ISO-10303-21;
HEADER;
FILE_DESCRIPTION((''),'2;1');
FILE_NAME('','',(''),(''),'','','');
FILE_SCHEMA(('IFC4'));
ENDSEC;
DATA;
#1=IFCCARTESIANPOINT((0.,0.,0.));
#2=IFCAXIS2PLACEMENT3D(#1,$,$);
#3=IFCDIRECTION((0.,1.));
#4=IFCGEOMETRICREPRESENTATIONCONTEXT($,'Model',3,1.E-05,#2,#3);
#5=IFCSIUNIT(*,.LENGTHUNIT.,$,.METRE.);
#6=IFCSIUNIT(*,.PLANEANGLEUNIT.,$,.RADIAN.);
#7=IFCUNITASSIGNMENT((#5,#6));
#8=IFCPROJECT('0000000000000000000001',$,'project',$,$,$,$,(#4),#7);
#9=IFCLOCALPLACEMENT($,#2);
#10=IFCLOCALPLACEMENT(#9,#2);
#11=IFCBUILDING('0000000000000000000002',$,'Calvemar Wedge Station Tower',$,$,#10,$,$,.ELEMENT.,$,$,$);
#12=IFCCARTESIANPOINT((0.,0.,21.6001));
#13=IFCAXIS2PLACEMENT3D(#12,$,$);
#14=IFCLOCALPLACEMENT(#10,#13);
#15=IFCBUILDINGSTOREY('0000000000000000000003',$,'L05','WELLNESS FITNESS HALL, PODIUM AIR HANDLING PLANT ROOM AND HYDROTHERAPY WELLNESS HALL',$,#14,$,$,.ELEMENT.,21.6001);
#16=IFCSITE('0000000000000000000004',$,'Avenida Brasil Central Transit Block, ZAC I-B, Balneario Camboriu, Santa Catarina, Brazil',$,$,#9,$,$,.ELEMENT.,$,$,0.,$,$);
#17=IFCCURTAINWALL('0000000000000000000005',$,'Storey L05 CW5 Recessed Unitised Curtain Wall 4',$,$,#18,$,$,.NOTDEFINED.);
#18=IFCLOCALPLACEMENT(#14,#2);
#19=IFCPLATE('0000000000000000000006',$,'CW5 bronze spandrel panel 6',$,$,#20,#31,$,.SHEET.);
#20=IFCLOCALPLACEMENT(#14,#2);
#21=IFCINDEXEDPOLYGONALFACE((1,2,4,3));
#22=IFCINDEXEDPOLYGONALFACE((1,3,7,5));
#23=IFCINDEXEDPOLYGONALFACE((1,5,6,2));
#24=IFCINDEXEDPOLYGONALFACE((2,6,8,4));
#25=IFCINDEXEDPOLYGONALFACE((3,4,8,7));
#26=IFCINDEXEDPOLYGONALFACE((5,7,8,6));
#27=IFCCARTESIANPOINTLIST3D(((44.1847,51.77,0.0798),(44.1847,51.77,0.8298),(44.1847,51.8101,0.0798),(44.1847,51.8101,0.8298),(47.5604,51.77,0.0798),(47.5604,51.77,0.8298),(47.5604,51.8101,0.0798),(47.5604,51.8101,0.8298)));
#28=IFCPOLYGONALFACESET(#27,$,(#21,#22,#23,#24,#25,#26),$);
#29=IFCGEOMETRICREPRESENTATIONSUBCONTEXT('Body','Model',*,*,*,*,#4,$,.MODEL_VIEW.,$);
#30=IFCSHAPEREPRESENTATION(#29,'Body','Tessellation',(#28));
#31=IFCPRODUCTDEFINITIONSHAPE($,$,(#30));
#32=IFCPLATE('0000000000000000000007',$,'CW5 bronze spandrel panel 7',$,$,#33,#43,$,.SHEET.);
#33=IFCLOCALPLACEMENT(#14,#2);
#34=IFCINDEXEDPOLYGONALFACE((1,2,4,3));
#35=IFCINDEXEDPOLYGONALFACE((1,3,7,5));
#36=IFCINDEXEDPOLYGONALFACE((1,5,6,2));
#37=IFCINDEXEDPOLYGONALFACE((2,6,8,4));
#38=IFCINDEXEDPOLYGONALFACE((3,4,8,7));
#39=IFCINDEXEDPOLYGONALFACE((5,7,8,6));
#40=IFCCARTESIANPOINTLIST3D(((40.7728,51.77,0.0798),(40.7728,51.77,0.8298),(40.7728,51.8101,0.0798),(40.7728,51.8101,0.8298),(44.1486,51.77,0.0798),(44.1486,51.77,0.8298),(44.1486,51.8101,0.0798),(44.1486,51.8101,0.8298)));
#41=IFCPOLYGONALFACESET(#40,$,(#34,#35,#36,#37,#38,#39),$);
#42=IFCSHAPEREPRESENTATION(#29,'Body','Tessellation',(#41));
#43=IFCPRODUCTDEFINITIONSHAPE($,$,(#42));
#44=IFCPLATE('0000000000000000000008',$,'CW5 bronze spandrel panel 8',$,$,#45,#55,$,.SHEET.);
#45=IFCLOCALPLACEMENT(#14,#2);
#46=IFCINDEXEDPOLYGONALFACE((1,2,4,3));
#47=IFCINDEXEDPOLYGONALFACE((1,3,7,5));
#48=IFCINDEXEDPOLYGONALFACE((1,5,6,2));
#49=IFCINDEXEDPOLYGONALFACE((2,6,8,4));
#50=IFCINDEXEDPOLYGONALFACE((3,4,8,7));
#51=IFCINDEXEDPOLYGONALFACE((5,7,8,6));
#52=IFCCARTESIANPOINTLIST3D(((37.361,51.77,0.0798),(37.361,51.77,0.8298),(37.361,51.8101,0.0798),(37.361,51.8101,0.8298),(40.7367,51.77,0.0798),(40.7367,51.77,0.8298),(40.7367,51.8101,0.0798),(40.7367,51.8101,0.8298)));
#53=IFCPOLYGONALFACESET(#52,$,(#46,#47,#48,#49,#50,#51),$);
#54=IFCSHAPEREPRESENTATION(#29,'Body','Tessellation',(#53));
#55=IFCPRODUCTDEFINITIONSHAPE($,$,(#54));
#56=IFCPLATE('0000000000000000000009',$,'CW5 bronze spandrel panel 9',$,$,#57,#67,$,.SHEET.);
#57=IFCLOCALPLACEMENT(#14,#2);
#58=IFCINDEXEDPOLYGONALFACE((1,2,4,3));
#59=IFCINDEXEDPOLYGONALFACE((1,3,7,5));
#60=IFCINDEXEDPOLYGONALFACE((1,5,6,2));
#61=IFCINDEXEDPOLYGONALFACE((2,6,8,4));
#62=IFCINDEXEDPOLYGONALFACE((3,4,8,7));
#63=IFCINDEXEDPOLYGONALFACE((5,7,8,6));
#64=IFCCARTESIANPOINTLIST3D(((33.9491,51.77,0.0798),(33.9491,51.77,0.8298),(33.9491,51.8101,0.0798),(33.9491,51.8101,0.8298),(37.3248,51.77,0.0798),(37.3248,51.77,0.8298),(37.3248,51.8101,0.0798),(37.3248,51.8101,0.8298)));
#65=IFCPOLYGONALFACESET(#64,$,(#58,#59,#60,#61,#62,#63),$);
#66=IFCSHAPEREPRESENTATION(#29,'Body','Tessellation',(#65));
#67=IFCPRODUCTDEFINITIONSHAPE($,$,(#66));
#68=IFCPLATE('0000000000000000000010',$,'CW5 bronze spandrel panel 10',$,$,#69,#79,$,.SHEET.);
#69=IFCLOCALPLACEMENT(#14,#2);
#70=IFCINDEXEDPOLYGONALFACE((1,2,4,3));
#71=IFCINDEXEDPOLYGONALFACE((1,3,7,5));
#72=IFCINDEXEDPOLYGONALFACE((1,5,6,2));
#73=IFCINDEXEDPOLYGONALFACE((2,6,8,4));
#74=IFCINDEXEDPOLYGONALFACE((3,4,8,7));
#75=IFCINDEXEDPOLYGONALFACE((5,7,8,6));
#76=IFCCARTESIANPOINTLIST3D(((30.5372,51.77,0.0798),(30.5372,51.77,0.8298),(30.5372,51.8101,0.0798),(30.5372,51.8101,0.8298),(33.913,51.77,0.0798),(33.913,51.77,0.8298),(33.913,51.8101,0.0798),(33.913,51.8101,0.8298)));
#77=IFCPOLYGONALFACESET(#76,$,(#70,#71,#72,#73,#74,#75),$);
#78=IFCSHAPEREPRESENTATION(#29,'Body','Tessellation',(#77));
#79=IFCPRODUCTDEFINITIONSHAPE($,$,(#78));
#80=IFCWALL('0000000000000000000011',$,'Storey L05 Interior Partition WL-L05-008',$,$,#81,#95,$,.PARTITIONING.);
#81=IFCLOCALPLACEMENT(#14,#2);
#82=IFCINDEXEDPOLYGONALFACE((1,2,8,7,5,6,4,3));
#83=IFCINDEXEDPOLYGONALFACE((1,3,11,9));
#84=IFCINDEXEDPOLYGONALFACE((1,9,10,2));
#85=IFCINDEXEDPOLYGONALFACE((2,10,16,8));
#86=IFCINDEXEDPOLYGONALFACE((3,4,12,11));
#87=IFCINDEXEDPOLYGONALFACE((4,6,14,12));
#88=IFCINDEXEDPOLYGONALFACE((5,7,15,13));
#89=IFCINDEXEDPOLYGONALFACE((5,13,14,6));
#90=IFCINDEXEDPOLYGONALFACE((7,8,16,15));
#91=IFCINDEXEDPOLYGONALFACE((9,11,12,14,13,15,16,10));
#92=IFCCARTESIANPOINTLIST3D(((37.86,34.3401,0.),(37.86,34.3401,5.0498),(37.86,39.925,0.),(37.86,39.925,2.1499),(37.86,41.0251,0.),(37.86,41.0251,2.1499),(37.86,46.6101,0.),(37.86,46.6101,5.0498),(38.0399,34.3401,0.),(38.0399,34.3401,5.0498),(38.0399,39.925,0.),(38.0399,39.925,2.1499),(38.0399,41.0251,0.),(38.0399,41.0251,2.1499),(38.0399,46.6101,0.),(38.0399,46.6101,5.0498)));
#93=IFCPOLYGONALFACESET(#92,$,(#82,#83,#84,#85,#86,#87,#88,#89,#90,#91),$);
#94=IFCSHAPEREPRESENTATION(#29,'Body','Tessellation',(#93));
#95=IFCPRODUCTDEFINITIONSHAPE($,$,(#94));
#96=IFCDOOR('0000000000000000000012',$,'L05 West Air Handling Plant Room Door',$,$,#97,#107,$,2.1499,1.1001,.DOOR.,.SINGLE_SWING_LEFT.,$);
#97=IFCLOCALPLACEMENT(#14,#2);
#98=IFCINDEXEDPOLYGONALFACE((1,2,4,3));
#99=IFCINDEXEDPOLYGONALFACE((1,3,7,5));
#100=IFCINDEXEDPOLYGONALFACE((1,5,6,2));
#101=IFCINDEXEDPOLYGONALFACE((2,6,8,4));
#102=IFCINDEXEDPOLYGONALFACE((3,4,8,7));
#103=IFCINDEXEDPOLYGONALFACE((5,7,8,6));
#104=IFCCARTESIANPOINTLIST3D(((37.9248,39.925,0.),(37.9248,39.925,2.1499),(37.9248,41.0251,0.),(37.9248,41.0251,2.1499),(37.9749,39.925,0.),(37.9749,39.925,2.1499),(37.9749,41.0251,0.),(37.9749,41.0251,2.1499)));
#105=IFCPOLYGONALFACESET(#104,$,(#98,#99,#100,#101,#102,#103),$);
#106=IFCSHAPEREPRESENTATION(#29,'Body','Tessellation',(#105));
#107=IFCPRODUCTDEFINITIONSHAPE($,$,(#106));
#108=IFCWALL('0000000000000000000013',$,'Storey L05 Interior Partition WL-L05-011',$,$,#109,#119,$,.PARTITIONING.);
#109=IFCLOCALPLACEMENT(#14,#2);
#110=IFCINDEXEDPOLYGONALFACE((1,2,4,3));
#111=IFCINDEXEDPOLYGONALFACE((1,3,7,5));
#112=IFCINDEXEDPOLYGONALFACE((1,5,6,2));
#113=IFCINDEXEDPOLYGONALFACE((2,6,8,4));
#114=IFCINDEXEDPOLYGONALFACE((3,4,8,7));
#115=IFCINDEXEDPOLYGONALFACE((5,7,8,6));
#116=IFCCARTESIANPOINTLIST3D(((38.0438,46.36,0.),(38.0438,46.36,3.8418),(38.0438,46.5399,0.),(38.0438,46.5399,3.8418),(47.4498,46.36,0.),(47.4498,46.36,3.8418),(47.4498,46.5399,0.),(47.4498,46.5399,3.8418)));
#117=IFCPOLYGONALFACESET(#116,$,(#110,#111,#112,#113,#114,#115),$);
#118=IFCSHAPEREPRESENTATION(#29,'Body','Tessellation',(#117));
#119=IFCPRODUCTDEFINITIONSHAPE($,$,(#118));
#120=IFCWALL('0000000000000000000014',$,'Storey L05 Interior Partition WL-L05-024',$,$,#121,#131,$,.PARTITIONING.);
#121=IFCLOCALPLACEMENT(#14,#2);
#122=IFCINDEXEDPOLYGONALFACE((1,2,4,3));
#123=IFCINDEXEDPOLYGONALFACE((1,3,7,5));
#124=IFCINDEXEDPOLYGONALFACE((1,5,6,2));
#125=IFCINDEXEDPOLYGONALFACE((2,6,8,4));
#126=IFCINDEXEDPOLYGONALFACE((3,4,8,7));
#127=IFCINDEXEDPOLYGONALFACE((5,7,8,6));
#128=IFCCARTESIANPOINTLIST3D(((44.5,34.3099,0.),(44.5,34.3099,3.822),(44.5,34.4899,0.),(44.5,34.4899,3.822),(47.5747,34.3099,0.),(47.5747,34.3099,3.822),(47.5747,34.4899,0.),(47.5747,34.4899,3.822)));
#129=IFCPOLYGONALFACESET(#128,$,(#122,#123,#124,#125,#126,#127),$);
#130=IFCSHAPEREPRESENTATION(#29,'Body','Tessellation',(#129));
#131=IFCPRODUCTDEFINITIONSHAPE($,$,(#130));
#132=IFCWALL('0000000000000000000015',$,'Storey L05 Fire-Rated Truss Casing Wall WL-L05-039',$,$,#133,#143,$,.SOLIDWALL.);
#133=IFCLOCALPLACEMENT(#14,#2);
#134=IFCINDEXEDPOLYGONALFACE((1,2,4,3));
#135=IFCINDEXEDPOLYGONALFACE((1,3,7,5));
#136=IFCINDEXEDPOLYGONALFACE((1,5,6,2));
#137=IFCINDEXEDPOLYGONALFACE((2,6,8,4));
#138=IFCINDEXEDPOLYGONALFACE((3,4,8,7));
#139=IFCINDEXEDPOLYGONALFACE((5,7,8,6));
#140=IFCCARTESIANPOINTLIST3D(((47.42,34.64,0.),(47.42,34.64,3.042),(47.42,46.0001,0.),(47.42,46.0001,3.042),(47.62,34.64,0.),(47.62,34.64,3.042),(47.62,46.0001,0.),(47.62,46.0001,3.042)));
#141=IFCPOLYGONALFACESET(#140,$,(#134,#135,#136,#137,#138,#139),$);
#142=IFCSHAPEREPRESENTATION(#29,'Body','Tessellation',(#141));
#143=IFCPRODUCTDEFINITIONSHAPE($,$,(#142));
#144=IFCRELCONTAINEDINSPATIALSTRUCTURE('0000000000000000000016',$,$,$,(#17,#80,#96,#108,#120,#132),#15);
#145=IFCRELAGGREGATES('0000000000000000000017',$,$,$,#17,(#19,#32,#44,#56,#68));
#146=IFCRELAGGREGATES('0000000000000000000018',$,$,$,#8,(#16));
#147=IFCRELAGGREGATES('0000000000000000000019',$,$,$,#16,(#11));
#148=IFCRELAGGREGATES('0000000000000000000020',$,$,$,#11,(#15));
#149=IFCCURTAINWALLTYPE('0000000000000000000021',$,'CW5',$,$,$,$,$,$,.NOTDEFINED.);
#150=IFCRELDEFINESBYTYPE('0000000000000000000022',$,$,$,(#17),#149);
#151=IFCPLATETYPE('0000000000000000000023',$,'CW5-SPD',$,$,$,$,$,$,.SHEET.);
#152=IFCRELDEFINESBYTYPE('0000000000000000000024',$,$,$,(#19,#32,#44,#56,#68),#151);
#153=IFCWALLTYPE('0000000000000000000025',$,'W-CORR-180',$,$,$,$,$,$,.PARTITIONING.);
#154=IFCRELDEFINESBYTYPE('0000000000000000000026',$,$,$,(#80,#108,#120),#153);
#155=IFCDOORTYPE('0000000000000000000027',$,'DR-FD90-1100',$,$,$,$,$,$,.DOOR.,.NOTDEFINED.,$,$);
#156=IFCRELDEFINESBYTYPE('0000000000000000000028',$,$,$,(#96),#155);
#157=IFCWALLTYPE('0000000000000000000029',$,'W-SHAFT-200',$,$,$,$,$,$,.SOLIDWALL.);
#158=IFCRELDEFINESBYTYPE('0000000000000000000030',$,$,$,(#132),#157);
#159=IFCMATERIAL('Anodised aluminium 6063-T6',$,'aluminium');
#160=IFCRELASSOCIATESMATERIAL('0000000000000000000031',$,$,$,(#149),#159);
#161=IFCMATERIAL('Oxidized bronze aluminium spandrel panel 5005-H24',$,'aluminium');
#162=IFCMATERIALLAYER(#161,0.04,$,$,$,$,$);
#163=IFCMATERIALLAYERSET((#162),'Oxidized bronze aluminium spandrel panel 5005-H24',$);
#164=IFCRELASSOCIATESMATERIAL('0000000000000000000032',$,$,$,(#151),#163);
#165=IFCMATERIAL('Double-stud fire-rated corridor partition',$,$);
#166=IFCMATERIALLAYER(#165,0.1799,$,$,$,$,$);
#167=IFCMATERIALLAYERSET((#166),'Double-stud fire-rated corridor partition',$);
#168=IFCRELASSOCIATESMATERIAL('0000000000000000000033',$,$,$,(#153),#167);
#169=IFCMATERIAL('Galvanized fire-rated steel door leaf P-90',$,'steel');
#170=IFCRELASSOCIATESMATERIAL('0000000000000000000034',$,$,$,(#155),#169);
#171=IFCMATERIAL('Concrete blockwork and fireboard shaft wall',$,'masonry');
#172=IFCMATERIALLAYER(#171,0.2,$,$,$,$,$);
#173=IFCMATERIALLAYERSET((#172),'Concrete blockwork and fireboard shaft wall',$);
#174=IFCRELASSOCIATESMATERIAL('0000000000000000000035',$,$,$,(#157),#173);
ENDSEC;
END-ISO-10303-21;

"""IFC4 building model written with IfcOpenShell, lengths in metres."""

from ifc_helpers import new_model, si_unit, direction, frame, frame_2d, origin, place, context, subcontext, project, spatial, rectangle, extrude, source, transform, mapped, material, layer, layer_set, type_object, element, fill, aggregate, save


model = new_model("IFC4")

# Units and contexts
model_context = context("Model", 3, precision=1e-05, world=origin(), true_north=direction((0.0, 1.0)))
body_context = subcontext(model_context, "Body", "Model", "MODEL_VIEW")
ifc_project = project(units=[si_unit("LENGTHUNIT", "METRE"), si_unit("PLANEANGLEUNIT", "RADIAN")], contexts=[model_context])

# Site, building, storey
site_placement = place(None, origin())
site = spatial("IfcSite", under=ifc_project, at=site_placement, Name="Avenida Brasil Central Transit Block, ZAC I-B, Balneario Camboriu, Santa Catarina, Brazil", CompositionType="ELEMENT", RefElevation=0.0)
building_placement = place(site_placement, origin())
building = spatial("IfcBuilding", under=site, at=building_placement, Name="Calvemar Wedge Station Tower", CompositionType="ELEMENT")
storey_placement = place(building_placement, frame((0.0, 0.0, 21.6001)))
storey = spatial("IfcBuildingStorey", under=building, at=storey_placement, Name="L05", Description="WELLNESS FITNESS HALL, PODIUM AIR HANDLING PLANT ROOM AND HYDROTHERAPY WELLNESS HALL", CompositionType="ELEMENT", Elevation=21.6001)

# Curtain wall, plates
ifc_material_1 = material(Name="Anodised aluminium 6063-T6", Category="aluminium")
curtain_wall_type = type_object("IfcCurtainWallType", Name="CW5", PredefinedType="NOTDEFINED", material=ifc_material_1)
curtain_wall_placement = place(storey_placement, origin())
curtain_wall = element("IfcCurtainWall", 1, at=curtain_wall_placement, inside=storey, type_object=curtain_wall_type, Name="Storey L05 CW5 Recessed Unitised Curtain Wall 4", PredefinedType="NOTDEFINED")
ifc_material_2 = material(Name="Oxidized bronze aluminium spandrel panel 5005-H24", Category="aluminium")
ifc_layer_1 = layer(ifc_material_2, 0.04)
ifc_layer_set_1 = layer_set([ifc_layer_1], Name="Oxidized bronze aluminium spandrel panel 5005-H24")
plate_type_1 = type_object("IfcPlateType", Name="CW5-SPD", PredefinedType="SHEET", material=ifc_layer_set_1)
plate_1_placement = place(storey_placement, frame((47.5605, 51.79, 0.0798), z_axis=(0.0, 0.0, 1.0), x_axis=(-1.0, 0.0, 0.0)))
plate_1 = element("IfcPlate", 2, at=plate_1_placement, type_object=plate_type_1, Name="CW5 bronze spandrel panel 6", PredefinedType="SHEET", context=body_context, shape_type="SweptSolid", body=[
    extrude(rectangle(XDim=3.3757, YDim=0.04, at=frame_2d((1.688, 0.0))), origin(), (0.0, 0.0, 1.0), 0.75),
])
plate_2_placement = place(storey_placement, frame((44.1487, 51.79, 0.0798), z_axis=(0.0, 0.0, 1.0), x_axis=(-1.0, 0.0, 0.0)))
plate_2 = element("IfcPlate", 3, at=plate_2_placement, type_object=plate_type_1, Name="CW5 bronze spandrel panel 7", PredefinedType="SHEET", context=body_context, shape_type="SweptSolid", body=[
    extrude(rectangle(XDim=3.3757, YDim=0.04, at=frame_2d((1.688, 0.0))), origin(), (0.0, 0.0, 1.0), 0.75),
])
plate_3_placement = place(storey_placement, frame((40.7368, 51.79, 0.0798), z_axis=(0.0, 0.0, 1.0), x_axis=(-1.0, 0.0, 0.0)))
plate_3 = element("IfcPlate", 4, at=plate_3_placement, type_object=plate_type_1, Name="CW5 bronze spandrel panel 8", PredefinedType="SHEET", context=body_context, shape_type="SweptSolid", body=[
    extrude(rectangle(XDim=3.3757, YDim=0.04, at=frame_2d((1.688, 0.0))), origin(), (0.0, 0.0, 1.0), 0.75),
])
plate_4_placement = place(storey_placement, frame((37.325, 51.79, 0.0798), z_axis=(0.0, 0.0, 1.0), x_axis=(-1.0, 0.0, 0.0)))
plate_4 = element("IfcPlate", 5, at=plate_4_placement, type_object=plate_type_1, Name="CW5 bronze spandrel panel 9", PredefinedType="SHEET", context=body_context, shape_type="SweptSolid", body=[
    extrude(rectangle(XDim=3.3757, YDim=0.04, at=frame_2d((1.688, 0.0))), origin(), (0.0, 0.0, 1.0), 0.75),
])
plate_5_placement = place(storey_placement, frame((33.9131, 51.79, 0.0798), z_axis=(0.0, 0.0, 1.0), x_axis=(-1.0, 0.0, 0.0)))
plate_5 = element("IfcPlate", 6, at=plate_5_placement, type_object=plate_type_1, Name="CW5 bronze spandrel panel 10", PredefinedType="SHEET", context=body_context, shape_type="SweptSolid", body=[
    extrude(rectangle(XDim=3.3757, YDim=0.04, at=frame_2d((1.688, 0.0))), origin(), (0.0, 0.0, 1.0), 0.75),
])
aggregate(curtain_wall, [plate_1, plate_2, plate_3, plate_4, plate_5])

# Wall, opening, door
ifc_material_3 = material(Name="Double-stud fire-rated corridor partition")
ifc_layer_2 = layer(ifc_material_3, 0.1799)
ifc_layer_set_2 = layer_set([ifc_layer_2], Name="Double-stud fire-rated corridor partition")
wall_type_1 = type_object("IfcWallType", Name="W-CORR-180", PredefinedType="PARTITIONING", material=ifc_layer_set_2)
wall_1_placement = place(storey_placement, frame((37.95, 46.6101, 0.0), z_axis=(0.0, 0.0, 1.0), x_axis=(0.0, -1.0, 0.0)))
wall_1 = element("IfcWall", 7, at=wall_1_placement, inside=storey, type_object=wall_type_1, Name="Storey L05 Interior Partition WL-L05-008", PredefinedType="PARTITIONING", context=body_context, shape_type="SweptSolid", body=[
    extrude(rectangle(XDim=12.27, YDim=0.1799, at=frame_2d((6.135, 0.0))), origin(), (0.0, 0.0, 1.0), 5.0498),
])
shared_shape_1 = source(origin(), body_context, "Body", "SweptSolid", [
    extrude(rectangle(XDim=1.1001, YDim=2.1499, at=frame_2d((0.55, 1.075))), frame((0.0, 0.1001, 0.0), z_axis=(0.0, -1.0, 0.0), x_axis=(1.0, 0.0, 0.0)), (0.0, 0.0, 1.0), 0.2),
])
opening_placement = place(wall_1_placement, frame((5.585, 0.0, 0.0)))
opening = element("IfcOpeningElement", 8, at=opening_placement, cuts=wall_1, PredefinedType="OPENING", context=body_context, shape_type="MappedRepresentation", body=[
    mapped(shared_shape_1, transform((0.0, 0.0, 0.0), scale=1.0)),
])
ifc_material_4 = material(Name="Galvanized fire-rated steel door leaf P-90", Category="steel")
door_type = type_object("IfcDoorType", Name="DR-FD90-1100", OperationType="NOTDEFINED", PredefinedType="DOOR", material=ifc_material_4)
shared_shape_2 = source(origin(), body_context, "Body", "SweptSolid", [
    extrude(rectangle(XDim=1.1001, YDim=2.1499, at=frame_2d((0.55, 1.075))), frame((0.0, 0.0249, 0.0), z_axis=(0.0, -1.0, 0.0), x_axis=(1.0, 0.0, 0.0)), (0.0, 0.0, 1.0), 0.05),
])
door_placement = place(opening_placement, origin())
door = element("IfcDoor", 9, at=door_placement, inside=storey, type_object=door_type, Name="L05 West Air Handling Plant Room Door", OperationType="SINGLE_SWING_LEFT", OverallHeight=2.1499, OverallWidth=1.1001, PredefinedType="DOOR", context=body_context, shape_type="MappedRepresentation", body=[
    mapped(shared_shape_2, transform((0.0, 0.0, 0.0), scale=1.0)),
])
fill(opening, door)

# Walls
wall_2_placement = place(storey_placement, frame((47.45, 46.45, 0.0), z_axis=(0.0, 0.0, 1.0), x_axis=(-1.0, 0.0, 0.0)))
element("IfcWall", 10, at=wall_2_placement, inside=storey, type_object=wall_type_1, Name="Storey L05 Interior Partition WL-L05-011", PredefinedType="PARTITIONING", context=body_context, shape_type="SweptSolid", body=[
    extrude(rectangle(XDim=9.406, YDim=0.1799, at=frame_2d((4.7031, 0.0))), origin(), (0.0, 0.0, 1.0), 3.8418),
])
wall_3_placement = place(storey_placement, frame((44.5, 34.3999, 0.0), z_axis=(0.0, 0.0, 1.0), x_axis=(1.0, 0.0, 0.0)))
element("IfcWall", 11, at=wall_3_placement, inside=storey, type_object=wall_type_1, Name="Storey L05 Interior Partition WL-L05-024", PredefinedType="PARTITIONING", context=body_context, shape_type="SweptSolid", body=[
    extrude(rectangle(XDim=3.0747, YDim=0.1799, at=frame_2d((1.5374, 0.0))), origin(), (0.0, 0.0, 1.0), 3.822),
])
ifc_material_5 = material(Name="Concrete blockwork and fireboard shaft wall", Category="masonry")
ifc_layer_3 = layer(ifc_material_5, 0.2)
ifc_layer_set_3 = layer_set([ifc_layer_3], Name="Concrete blockwork and fireboard shaft wall")
wall_type_2 = type_object("IfcWallType", Name="W-SHAFT-200", PredefinedType="SOLIDWALL", material=ifc_layer_set_3)
wall_4_placement = place(storey_placement, frame((47.52, 34.6399, 0.0), z_axis=(0.0, 0.0, 1.0), x_axis=(0.0, 1.0, 0.0)))
element("IfcWall", 12, at=wall_4_placement, inside=storey, type_object=wall_type_2, Name="Storey L05 Fire-Rated Truss Casing Wall WL-L05-039", PredefinedType="SOLIDWALL", context=body_context, shape_type="SweptSolid", body=[
    extrude(rectangle(XDim=11.3601, YDim=0.2, at=frame_2d((5.6802, 0.0))), origin(), (0.0, 0.0, 1.0), 3.042),
])

save(model, "model.ifc")
